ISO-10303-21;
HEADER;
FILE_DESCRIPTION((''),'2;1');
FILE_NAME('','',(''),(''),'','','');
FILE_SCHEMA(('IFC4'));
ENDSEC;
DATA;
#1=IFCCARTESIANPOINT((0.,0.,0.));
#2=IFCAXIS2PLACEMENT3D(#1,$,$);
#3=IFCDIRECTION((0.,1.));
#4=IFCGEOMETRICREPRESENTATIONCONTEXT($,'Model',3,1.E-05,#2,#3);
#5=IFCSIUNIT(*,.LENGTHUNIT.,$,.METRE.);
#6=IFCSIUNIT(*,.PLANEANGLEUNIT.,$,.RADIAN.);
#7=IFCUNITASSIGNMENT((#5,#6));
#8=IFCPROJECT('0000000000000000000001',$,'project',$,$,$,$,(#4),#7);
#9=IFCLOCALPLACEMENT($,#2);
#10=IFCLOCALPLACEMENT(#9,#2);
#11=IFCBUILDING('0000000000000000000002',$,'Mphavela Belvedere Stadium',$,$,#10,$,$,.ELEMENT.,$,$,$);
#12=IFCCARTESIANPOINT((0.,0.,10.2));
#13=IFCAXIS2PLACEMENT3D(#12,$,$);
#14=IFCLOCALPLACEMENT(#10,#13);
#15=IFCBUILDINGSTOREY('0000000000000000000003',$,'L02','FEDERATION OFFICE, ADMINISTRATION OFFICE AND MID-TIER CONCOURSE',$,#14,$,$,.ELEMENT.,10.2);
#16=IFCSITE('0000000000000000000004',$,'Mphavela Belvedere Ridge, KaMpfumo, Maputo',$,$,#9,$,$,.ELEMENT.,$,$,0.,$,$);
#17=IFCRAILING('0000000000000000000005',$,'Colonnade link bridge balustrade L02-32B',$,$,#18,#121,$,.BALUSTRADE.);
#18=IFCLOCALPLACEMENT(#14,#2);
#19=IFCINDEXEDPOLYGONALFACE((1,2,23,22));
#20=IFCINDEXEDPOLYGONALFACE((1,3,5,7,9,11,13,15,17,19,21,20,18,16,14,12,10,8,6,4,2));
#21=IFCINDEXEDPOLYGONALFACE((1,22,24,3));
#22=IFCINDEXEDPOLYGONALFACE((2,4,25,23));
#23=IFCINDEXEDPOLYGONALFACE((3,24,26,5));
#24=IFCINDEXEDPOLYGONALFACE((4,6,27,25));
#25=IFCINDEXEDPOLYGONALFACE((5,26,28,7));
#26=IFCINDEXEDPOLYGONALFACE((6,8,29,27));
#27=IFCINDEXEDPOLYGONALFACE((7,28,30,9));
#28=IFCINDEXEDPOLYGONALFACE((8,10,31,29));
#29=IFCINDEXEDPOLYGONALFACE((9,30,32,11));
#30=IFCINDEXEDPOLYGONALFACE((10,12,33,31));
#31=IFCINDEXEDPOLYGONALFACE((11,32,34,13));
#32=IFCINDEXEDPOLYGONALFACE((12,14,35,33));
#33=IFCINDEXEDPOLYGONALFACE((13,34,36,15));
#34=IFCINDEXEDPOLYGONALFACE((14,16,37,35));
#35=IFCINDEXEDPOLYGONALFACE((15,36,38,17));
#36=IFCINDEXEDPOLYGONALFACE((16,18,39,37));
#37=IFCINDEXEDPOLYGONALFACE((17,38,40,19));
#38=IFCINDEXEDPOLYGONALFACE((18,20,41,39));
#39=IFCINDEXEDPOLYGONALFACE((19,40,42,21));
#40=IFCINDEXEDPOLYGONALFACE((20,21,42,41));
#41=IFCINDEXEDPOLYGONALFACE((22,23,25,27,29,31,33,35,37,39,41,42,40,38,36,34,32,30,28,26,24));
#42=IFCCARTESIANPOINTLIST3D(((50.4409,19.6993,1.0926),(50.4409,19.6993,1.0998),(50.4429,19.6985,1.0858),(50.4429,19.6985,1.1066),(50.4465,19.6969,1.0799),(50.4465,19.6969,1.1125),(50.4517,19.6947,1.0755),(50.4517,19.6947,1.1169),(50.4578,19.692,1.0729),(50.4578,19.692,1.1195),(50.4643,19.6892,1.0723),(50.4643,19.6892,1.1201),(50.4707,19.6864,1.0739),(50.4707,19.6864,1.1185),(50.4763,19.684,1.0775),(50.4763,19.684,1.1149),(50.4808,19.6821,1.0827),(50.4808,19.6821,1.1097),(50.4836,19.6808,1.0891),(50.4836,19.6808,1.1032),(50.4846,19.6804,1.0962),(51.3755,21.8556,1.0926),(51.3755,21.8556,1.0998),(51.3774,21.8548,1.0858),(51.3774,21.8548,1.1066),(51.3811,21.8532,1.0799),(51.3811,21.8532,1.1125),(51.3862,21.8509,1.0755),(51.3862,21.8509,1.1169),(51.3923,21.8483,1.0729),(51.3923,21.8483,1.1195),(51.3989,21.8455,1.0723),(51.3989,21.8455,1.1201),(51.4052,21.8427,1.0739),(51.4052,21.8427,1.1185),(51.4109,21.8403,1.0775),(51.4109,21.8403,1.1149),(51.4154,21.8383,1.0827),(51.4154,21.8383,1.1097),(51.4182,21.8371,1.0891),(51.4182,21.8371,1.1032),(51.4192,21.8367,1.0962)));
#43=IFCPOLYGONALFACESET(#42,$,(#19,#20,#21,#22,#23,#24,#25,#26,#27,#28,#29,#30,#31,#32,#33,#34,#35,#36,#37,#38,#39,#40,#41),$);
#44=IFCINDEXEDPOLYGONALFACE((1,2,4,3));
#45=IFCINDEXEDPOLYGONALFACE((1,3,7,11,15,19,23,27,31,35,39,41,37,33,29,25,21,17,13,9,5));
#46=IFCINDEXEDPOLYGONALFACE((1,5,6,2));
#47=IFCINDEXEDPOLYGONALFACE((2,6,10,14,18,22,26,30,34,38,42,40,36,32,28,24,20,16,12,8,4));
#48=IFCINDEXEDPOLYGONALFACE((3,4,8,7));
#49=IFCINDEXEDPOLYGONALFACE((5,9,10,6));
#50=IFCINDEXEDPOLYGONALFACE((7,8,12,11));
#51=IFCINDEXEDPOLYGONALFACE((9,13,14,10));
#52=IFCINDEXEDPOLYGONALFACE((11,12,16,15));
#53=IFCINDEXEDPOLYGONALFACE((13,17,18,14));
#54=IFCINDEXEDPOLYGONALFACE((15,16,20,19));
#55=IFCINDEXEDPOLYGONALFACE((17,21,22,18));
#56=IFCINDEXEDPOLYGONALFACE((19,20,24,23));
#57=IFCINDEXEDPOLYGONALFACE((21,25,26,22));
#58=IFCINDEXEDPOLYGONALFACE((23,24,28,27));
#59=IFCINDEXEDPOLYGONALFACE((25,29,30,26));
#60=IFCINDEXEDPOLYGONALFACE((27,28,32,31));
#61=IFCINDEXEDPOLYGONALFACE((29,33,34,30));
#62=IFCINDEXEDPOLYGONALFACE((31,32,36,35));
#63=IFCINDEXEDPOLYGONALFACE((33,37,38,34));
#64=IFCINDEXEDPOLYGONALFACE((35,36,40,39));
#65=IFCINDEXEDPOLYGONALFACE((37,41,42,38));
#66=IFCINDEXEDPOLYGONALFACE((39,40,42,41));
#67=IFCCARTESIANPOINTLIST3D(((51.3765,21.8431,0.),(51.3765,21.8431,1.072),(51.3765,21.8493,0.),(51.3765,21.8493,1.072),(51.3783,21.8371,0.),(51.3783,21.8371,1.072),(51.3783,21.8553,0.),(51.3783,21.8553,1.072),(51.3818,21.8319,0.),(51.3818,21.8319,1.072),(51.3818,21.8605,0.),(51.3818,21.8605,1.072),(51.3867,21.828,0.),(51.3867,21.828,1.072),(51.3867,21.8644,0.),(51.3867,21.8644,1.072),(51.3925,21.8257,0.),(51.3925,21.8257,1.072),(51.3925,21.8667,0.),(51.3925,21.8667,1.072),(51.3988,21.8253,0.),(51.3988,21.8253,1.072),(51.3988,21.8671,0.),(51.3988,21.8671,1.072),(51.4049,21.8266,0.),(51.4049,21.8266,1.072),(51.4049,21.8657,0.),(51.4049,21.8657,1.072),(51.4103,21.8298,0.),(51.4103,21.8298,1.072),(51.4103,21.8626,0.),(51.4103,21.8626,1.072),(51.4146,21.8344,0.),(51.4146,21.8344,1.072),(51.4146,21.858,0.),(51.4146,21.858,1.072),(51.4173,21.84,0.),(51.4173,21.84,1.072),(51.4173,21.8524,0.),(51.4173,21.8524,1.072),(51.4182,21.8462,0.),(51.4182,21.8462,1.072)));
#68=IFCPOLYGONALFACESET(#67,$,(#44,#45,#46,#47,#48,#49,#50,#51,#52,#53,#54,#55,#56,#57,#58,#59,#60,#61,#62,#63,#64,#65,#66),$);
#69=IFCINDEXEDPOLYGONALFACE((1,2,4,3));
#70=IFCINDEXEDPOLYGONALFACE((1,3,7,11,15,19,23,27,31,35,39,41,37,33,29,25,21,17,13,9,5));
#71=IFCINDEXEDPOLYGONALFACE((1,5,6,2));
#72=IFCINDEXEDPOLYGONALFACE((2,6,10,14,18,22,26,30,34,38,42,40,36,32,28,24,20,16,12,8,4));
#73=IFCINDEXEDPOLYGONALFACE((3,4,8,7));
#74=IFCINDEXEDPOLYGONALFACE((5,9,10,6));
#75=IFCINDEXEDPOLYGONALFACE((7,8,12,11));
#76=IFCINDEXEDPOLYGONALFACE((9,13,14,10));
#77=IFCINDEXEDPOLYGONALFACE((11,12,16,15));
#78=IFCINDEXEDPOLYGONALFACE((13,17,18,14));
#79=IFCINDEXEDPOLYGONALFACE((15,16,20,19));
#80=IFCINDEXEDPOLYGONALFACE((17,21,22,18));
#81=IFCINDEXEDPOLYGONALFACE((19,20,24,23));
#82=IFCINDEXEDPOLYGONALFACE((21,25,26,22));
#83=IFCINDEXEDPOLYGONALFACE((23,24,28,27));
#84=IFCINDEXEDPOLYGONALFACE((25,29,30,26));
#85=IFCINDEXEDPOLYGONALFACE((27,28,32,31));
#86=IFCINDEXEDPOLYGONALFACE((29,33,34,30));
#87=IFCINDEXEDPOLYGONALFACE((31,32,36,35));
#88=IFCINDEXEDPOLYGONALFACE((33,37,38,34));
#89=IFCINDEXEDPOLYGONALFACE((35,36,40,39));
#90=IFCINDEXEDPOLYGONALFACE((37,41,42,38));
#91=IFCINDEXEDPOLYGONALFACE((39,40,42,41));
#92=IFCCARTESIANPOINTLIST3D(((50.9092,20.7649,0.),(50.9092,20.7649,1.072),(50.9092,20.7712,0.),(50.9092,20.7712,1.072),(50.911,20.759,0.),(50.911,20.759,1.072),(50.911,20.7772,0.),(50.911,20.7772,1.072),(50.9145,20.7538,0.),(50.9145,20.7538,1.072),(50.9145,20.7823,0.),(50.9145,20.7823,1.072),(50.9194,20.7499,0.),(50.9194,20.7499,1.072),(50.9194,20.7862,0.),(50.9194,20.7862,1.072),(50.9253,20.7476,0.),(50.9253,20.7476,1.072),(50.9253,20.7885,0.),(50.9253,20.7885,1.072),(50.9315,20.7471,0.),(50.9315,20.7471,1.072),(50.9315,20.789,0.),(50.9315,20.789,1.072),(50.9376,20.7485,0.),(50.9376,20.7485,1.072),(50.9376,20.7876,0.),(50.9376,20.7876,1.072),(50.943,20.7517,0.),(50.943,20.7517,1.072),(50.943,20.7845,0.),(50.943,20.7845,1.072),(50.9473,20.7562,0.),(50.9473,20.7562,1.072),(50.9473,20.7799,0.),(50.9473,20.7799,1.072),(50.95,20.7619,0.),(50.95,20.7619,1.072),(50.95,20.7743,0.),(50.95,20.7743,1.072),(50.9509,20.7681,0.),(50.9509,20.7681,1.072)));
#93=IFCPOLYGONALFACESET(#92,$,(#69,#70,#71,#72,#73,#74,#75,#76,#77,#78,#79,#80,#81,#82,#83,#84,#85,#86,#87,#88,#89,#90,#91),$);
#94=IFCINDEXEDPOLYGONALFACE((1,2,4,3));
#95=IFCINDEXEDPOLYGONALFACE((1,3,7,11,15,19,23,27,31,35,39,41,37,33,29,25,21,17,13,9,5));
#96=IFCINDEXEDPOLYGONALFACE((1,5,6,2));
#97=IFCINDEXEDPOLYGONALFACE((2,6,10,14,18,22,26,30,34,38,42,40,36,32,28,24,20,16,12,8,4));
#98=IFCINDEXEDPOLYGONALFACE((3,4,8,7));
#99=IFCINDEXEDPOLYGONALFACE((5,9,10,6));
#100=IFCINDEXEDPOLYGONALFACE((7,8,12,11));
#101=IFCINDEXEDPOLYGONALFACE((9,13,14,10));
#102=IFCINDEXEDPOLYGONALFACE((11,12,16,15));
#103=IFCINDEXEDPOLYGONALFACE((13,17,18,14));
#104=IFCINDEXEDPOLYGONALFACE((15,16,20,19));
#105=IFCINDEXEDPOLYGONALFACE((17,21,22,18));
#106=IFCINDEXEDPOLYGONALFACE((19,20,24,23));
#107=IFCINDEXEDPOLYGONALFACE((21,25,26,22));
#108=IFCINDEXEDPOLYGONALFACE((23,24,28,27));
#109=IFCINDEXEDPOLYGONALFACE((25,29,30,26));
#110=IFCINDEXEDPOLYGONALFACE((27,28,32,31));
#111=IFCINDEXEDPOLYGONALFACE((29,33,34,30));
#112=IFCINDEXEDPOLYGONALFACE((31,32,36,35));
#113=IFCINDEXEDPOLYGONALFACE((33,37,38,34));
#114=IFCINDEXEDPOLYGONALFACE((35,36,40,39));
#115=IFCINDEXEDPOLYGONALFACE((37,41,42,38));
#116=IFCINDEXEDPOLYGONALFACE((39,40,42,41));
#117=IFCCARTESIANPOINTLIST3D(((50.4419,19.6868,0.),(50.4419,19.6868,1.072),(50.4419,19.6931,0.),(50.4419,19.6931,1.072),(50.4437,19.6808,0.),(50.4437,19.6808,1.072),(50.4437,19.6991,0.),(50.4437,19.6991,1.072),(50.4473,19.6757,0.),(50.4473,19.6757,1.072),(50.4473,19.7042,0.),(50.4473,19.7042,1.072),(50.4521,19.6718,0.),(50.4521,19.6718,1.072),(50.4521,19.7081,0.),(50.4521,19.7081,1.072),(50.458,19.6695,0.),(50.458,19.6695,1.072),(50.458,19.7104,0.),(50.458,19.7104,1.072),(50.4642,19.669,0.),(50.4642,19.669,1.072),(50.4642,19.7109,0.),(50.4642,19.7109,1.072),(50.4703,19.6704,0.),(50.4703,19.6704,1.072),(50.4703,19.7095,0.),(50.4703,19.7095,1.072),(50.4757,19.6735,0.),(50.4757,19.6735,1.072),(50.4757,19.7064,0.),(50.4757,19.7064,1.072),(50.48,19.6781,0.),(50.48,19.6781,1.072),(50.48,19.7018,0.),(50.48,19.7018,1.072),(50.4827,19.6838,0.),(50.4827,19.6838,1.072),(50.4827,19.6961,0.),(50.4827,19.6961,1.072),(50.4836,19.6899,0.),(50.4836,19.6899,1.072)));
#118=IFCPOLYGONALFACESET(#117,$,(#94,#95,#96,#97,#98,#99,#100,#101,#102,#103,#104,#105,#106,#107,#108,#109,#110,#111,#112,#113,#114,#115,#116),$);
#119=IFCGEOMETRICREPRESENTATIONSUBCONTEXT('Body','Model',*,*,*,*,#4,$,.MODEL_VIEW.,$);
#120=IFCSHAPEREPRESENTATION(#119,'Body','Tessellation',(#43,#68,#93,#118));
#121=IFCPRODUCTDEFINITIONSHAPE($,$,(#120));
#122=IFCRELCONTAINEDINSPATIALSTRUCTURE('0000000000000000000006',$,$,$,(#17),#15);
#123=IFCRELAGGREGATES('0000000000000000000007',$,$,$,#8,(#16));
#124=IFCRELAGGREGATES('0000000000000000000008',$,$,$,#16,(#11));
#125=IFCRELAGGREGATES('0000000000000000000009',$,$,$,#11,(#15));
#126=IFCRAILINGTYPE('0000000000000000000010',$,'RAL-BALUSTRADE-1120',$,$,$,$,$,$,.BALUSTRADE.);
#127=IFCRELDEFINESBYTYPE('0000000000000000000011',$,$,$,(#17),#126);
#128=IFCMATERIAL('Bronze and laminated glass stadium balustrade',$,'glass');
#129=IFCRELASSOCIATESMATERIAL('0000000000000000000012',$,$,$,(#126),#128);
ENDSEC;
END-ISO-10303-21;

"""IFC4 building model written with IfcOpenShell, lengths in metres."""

from ifc_helpers import new_model, si_unit, direction, frame, origin, origin_2d, place, context, subcontext, project, spatial, circle, extrude, material, type_object, element, save


model = new_model("IFC4")

# Units and contexts
model_context = context("Model", 3, precision=1e-05, world=origin(), true_north=direction((0.0, 1.0)))
body_context = subcontext(model_context, "Body", "Model", "MODEL_VIEW")
ifc_project = project(units=[si_unit("LENGTHUNIT", "METRE"), si_unit("PLANEANGLEUNIT", "RADIAN")], contexts=[model_context])

# Site, building, storey
site_placement = place(None, origin())
site = spatial("IfcSite", under=ifc_project, at=site_placement, Name="Mphavela Belvedere Ridge, KaMpfumo, Maputo", CompositionType="ELEMENT", RefElevation=0.0)
building_placement = place(site_placement, origin())
building = spatial("IfcBuilding", under=site, at=building_placement, Name="Mphavela Belvedere Stadium", CompositionType="ELEMENT")
storey_placement = place(building_placement, frame((0.0, 0.0, 10.2)))
storey = spatial("IfcBuildingStorey", under=building, at=storey_placement, Name="L02", Description="FEDERATION OFFICE, ADMINISTRATION OFFICE AND MID-TIER CONCOURSE", CompositionType="ELEMENT", Elevation=10.2)

# Railing
ifc_material_1 = material(Name="Bronze and laminated glass stadium balustrade", Category="glass")
railing_type_1 = type_object("IfcRailingType", Name="RAL-BALUSTRADE-1120", PredefinedType="BALUSTRADE", material=ifc_material_1)
railing_1_placement = place(storey_placement, frame((51.3972, 21.8462, 0.0)))
element("IfcRailing", 1, at=railing_1_placement, inside=storey, type_object=railing_type_1, Name="Colonnade link bridge balustrade L02-32B", PredefinedType="BALUSTRADE", context=body_context, shape_type="SweptSolid", body=[
    extrude(circle(Radius=0.0239, at=origin_2d()), frame((0.0, 0.0, 1.0962), z_axis=(-0.397677, -0.917525, 0.0), x_axis=(0.917525, -0.397677, 0.0)), (0.0, 0.0, 1.0), 2.3501),
    extrude(circle(Radius=0.021, at=origin_2d()), origin(), (0.0, 0.0, 1.0), 1.072),
    extrude(circle(Radius=0.021, at=origin_2d()), frame((-0.4673, -1.0781, 0.0)), (0.0, 0.0, 1.0), 1.072),
    extrude(circle(Radius=0.021, at=origin_2d()), frame((-0.9346, -2.1562, 0.0)), (0.0, 0.0, 1.0), 1.072),
])

save(model, "model.ifc")
